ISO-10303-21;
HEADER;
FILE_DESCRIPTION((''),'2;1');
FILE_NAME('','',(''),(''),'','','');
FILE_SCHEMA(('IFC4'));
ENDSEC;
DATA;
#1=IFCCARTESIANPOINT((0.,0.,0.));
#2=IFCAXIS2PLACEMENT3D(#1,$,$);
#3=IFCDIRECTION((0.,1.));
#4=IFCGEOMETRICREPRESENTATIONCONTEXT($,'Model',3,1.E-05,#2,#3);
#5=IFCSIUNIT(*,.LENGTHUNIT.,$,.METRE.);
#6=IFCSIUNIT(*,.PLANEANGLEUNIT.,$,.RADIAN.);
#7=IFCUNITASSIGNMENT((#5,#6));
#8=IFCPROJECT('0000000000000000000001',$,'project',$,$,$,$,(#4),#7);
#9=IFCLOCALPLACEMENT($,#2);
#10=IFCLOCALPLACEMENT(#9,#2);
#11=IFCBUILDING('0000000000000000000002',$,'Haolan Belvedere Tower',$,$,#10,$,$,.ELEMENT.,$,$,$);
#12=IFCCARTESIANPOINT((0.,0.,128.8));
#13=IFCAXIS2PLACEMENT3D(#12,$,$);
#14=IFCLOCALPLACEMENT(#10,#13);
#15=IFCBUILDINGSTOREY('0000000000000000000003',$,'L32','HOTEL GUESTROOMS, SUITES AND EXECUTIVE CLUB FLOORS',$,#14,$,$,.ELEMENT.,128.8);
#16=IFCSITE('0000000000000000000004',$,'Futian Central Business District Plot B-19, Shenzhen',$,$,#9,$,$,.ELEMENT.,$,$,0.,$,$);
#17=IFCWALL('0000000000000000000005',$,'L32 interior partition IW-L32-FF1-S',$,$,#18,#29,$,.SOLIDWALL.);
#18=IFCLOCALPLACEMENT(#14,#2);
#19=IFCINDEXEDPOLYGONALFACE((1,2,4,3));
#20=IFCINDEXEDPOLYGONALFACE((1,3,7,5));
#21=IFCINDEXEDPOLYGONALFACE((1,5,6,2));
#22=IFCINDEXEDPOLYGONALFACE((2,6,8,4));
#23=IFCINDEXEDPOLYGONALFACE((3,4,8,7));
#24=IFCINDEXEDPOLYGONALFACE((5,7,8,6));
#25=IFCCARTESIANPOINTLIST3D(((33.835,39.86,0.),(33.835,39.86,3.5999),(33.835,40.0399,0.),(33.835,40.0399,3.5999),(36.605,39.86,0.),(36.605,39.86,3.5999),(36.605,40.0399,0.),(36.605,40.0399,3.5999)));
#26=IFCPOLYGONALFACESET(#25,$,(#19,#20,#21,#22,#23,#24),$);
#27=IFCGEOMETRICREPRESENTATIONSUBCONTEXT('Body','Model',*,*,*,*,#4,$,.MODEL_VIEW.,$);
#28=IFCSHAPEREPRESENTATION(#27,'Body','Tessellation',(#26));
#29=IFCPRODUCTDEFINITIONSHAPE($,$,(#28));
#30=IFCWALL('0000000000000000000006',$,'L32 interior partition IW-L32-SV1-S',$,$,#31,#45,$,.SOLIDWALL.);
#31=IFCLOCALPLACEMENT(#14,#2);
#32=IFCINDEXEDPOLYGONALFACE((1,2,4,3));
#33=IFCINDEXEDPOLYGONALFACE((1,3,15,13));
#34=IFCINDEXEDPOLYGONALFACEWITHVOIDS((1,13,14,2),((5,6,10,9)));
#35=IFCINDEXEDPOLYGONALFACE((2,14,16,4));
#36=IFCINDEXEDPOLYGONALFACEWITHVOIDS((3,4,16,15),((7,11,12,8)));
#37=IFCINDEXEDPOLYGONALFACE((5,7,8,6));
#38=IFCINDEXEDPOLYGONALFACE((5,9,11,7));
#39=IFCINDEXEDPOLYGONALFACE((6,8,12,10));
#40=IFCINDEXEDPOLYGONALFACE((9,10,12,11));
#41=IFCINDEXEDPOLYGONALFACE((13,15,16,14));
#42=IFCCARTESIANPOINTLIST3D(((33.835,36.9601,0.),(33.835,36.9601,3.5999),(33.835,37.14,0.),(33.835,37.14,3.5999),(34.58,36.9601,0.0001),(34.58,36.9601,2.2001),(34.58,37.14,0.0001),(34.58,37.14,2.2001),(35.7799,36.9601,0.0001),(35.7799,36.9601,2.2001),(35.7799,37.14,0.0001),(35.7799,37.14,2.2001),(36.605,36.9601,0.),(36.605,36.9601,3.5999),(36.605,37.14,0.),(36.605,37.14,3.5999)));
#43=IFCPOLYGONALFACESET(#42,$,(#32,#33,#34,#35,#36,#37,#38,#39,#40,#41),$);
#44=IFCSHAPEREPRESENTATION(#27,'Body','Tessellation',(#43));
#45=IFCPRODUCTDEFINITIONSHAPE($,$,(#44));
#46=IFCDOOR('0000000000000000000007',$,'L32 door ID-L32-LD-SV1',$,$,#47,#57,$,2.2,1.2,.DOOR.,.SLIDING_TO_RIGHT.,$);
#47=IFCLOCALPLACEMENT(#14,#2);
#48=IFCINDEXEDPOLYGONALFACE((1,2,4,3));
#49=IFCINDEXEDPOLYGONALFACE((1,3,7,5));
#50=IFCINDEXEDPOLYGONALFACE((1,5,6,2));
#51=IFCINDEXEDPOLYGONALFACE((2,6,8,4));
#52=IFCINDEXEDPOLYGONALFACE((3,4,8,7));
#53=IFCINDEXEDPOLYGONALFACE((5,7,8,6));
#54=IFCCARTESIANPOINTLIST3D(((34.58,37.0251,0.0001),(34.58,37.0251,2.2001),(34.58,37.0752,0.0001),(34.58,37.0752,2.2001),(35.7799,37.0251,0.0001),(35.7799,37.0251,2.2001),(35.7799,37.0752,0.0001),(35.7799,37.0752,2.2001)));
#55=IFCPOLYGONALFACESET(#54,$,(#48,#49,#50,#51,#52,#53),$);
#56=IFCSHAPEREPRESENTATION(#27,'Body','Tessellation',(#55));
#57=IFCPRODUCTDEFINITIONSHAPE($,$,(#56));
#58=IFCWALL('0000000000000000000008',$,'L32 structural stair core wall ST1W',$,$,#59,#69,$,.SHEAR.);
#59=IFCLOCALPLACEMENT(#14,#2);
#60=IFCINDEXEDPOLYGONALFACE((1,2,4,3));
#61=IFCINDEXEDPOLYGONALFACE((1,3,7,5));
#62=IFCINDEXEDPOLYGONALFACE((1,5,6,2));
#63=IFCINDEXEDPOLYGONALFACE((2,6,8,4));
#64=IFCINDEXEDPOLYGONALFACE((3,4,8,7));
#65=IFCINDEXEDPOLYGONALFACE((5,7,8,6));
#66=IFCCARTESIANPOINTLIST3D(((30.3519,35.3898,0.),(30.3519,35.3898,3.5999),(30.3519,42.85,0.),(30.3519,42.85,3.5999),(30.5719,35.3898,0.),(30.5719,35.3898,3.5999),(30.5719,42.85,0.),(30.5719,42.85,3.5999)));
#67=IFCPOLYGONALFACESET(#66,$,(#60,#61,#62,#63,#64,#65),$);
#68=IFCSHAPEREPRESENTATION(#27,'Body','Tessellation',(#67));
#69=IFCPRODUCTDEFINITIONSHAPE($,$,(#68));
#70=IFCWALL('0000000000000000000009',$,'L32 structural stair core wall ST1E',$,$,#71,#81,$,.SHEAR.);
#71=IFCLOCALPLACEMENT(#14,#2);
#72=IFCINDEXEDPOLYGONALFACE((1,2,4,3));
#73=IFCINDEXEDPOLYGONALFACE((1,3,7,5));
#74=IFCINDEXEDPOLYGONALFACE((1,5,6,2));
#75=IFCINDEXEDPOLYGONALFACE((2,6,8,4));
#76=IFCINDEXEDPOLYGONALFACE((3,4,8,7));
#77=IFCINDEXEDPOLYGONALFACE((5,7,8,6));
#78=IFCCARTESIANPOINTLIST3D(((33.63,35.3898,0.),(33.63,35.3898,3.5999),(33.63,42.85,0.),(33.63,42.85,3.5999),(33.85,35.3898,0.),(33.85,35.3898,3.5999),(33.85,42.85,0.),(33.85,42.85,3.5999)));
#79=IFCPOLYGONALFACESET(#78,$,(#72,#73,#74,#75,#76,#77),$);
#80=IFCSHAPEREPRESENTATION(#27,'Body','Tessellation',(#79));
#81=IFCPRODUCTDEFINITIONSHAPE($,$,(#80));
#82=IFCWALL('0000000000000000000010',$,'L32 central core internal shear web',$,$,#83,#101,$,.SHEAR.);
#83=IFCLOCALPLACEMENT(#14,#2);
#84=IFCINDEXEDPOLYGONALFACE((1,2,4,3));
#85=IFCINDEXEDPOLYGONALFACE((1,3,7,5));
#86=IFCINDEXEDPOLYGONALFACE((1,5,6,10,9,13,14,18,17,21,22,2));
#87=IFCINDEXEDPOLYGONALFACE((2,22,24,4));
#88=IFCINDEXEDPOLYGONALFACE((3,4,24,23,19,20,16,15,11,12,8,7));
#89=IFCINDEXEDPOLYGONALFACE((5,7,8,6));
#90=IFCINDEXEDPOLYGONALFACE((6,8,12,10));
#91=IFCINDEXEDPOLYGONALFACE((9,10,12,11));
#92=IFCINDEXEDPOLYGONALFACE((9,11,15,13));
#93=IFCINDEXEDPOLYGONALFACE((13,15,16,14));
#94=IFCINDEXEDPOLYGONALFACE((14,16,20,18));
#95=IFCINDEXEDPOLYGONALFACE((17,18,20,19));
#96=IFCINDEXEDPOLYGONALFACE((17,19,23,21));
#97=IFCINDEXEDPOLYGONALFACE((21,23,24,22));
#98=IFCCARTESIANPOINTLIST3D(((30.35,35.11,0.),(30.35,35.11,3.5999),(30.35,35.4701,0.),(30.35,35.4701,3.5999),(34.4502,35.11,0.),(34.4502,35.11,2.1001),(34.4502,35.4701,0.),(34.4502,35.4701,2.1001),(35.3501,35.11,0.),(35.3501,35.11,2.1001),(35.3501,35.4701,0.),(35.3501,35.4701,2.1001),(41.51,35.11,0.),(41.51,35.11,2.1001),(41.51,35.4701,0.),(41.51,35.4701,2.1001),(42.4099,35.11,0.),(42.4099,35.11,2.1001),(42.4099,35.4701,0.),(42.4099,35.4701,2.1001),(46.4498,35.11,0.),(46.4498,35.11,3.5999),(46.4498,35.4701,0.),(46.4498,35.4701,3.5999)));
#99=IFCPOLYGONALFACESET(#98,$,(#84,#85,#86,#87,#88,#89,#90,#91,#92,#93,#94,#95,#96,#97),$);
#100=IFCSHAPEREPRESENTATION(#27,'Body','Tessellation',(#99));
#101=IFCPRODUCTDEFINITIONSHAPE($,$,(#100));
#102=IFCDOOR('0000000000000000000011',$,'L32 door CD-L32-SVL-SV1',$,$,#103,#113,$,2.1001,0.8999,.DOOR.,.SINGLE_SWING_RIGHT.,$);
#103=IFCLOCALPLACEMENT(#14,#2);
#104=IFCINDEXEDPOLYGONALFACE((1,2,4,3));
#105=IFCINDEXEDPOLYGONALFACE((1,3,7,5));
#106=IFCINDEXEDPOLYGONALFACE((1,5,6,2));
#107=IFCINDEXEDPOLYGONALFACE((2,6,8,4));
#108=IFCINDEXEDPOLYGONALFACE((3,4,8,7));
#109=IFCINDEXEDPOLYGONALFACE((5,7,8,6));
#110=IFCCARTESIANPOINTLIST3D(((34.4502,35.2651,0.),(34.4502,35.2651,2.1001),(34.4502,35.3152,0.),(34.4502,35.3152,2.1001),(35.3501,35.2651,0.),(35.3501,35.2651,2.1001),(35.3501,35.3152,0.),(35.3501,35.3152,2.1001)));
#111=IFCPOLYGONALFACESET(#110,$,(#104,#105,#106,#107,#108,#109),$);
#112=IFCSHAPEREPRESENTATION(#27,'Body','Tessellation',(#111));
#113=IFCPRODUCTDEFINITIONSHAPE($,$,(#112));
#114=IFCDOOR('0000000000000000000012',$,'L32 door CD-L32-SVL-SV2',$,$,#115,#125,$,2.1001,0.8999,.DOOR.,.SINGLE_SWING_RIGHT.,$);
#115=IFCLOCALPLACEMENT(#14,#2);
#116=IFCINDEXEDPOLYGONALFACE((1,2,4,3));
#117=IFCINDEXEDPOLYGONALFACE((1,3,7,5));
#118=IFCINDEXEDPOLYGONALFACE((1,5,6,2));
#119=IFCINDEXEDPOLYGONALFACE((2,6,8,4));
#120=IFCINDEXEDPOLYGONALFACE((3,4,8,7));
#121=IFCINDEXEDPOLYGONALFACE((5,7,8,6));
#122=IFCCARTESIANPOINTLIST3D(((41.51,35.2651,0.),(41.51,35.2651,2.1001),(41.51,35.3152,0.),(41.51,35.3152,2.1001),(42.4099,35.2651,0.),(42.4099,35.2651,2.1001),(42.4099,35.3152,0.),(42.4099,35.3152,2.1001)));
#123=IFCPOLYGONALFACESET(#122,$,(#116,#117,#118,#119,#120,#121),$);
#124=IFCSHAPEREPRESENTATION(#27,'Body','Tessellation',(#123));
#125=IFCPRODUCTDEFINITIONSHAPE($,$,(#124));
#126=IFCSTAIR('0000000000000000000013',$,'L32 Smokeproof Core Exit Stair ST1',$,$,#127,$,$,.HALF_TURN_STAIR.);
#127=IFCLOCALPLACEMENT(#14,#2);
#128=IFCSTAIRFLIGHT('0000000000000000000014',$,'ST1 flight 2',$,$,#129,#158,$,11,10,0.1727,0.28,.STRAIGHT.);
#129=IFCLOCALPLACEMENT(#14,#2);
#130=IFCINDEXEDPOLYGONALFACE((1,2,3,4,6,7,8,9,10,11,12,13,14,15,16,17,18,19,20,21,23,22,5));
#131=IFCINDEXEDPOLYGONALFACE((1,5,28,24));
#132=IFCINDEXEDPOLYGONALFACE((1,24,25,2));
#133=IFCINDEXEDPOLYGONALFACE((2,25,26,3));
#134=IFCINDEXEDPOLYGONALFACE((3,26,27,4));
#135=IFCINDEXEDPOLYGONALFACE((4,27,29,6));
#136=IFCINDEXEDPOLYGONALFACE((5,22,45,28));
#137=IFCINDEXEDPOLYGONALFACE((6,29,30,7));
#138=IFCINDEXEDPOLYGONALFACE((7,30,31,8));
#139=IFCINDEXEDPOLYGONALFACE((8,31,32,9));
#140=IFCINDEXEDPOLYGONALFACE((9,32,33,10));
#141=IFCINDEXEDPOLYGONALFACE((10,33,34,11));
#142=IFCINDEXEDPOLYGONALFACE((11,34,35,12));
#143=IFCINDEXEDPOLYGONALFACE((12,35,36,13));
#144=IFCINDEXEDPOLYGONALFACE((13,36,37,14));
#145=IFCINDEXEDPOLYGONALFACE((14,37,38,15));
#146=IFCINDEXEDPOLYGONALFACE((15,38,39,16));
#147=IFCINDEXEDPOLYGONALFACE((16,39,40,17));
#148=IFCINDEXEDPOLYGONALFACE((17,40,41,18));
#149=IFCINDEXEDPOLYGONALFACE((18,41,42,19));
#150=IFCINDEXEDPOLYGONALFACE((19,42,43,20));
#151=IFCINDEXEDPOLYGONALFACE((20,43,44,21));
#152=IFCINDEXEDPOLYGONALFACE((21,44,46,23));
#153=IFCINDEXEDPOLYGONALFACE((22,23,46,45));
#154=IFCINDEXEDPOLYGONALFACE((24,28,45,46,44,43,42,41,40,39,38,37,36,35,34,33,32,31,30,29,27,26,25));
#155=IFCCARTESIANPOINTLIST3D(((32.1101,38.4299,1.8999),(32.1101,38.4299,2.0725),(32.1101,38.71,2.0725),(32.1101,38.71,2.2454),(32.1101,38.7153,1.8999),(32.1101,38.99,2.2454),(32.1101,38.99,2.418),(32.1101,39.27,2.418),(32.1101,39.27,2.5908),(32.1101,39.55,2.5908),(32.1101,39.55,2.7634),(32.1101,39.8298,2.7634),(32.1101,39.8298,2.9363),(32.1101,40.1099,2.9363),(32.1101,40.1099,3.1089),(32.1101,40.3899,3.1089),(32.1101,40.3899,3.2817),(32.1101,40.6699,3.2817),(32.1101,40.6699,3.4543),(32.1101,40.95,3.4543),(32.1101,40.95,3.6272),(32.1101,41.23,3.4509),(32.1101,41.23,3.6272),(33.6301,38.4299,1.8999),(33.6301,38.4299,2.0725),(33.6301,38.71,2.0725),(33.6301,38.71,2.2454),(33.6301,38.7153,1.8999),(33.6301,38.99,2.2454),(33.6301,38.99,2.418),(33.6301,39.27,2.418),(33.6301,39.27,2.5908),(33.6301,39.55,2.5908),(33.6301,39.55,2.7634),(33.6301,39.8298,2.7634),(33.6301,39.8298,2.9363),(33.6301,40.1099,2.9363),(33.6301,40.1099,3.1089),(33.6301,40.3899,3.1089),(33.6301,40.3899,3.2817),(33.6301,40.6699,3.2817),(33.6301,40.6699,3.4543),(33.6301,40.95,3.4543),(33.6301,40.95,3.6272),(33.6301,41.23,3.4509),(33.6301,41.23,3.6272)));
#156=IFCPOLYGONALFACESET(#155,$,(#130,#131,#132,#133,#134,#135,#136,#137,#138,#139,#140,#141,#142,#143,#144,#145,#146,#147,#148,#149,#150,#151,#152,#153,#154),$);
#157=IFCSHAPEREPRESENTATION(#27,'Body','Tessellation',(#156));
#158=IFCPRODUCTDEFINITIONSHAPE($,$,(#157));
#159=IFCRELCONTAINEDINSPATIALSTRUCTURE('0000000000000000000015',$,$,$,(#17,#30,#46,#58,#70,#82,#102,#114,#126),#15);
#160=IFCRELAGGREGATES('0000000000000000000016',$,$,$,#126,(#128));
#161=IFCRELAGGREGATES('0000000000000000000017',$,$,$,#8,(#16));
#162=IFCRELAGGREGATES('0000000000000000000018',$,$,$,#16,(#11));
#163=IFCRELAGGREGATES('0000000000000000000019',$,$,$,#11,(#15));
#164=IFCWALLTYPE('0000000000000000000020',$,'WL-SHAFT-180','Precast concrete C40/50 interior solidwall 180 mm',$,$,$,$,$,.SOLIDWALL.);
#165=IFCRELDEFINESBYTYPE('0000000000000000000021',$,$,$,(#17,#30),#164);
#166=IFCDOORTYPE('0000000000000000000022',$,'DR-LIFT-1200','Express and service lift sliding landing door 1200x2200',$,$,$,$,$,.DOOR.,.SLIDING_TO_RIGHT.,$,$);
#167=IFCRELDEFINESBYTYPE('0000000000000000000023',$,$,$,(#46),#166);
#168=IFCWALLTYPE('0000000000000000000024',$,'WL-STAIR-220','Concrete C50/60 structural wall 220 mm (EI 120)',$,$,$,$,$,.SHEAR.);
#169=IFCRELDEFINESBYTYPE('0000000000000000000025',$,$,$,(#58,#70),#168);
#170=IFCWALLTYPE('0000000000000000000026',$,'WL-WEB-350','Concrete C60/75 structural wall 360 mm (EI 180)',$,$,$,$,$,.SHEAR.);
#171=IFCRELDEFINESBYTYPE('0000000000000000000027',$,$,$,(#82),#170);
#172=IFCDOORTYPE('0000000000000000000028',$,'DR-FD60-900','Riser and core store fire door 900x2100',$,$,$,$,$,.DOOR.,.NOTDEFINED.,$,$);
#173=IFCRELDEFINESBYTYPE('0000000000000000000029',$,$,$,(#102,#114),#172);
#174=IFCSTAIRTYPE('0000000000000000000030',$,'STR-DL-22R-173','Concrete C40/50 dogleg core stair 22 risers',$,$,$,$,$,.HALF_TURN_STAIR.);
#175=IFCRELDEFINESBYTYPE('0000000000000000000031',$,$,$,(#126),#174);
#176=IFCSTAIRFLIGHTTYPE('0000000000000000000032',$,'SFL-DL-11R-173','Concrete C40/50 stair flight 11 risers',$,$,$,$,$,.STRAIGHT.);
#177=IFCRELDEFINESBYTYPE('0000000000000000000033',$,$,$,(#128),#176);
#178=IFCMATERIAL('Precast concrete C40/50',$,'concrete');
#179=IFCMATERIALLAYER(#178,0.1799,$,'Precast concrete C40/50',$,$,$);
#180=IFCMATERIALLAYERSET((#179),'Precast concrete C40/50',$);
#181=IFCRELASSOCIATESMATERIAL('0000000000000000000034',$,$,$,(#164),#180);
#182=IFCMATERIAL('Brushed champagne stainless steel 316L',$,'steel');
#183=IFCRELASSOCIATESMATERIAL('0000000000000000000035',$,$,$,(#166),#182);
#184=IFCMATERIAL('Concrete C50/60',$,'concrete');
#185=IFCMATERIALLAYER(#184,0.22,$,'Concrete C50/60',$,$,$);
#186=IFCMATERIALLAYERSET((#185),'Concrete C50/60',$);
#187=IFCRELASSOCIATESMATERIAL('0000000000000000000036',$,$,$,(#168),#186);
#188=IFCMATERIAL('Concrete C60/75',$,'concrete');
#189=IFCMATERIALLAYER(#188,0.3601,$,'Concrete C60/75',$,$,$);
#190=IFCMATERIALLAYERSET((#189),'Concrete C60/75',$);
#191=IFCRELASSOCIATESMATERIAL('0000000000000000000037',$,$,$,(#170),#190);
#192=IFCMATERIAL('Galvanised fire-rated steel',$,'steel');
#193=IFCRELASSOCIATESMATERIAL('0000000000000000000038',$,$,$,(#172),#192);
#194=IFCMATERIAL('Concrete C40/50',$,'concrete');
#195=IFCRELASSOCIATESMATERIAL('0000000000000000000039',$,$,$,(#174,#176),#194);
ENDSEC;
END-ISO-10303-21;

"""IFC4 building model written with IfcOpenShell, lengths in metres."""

from ifc_helpers import new_model, si_unit, direction, frame, frame_2d, origin, place, context, subcontext, project, spatial, polyline, rectangle, outline, extrude, material, layer, layer_set, type_object, element, fill, aggregate, save


model = new_model("IFC4")

# Units and contexts
model_context = context("Model", 3, precision=1e-05, world=origin(), true_north=direction((0.0, 1.0)))
body_context = subcontext(model_context, "Body", "Model", "MODEL_VIEW")
ifc_project = project(units=[si_unit("LENGTHUNIT", "METRE"), si_unit("PLANEANGLEUNIT", "RADIAN")], contexts=[model_context])

# Site, building, storey
site_placement = place(None, origin())
site = spatial("IfcSite", under=ifc_project, at=site_placement, Name="Futian Central Business District Plot B-19, Shenzhen", CompositionType="ELEMENT", RefElevation=0.0)
building_placement = place(site_placement, origin())
building = spatial("IfcBuilding", under=site, at=building_placement, Name="Haolan Belvedere Tower", CompositionType="ELEMENT")
storey_placement = place(building_placement, frame((0.0, 0.0, 128.8)))
storey = spatial("IfcBuildingStorey", under=building, at=storey_placement, Name="L32", Description="HOTEL GUESTROOMS, SUITES AND EXECUTIVE CLUB FLOORS", CompositionType="ELEMENT", Elevation=128.8)

# Shared definitions
ifc_material_1 = material(Name="Concrete C60/75", Category="concrete")

# Shared definitions
ifc_material_2 = material(Name="Brushed champagne stainless steel 316L", Category="steel")

# Wall
ifc_material_3 = material(Name="Precast concrete C40/50", Category="concrete")
ifc_layer_1 = layer(ifc_material_3, 0.1799, Name="Precast concrete C40/50")
ifc_layer_set_1 = layer_set([ifc_layer_1], Name="Precast concrete C40/50")
wall_type_1 = type_object("IfcWallType", Name="WL-SHAFT-180", Description="Precast concrete C40/50 interior solidwall 180 mm", PredefinedType="SOLIDWALL", material=ifc_layer_set_1)
wall_1_placement = place(storey_placement, frame((33.835, 39.95, 0.0), z_axis=(0.0, 0.0, 1.0), x_axis=(1.0, 0.0, 0.0)))
element("IfcWall", 1, at=wall_1_placement, inside=storey, type_object=wall_type_1, Name="L32 interior partition IW-L32-FF1-S", PredefinedType="SOLIDWALL", context=body_context, shape_type="SweptSolid", body=[
    extrude(rectangle(XDim=2.77, YDim=0.1799, at=frame_2d((1.385, 0.0))), origin(), (0.0, 0.0, 1.0), 3.5999),
])

# Wall, opening, door
wall_2_placement = place(storey_placement, frame((33.835, 37.05, 0.0), z_axis=(0.0, 0.0, 1.0), x_axis=(1.0, 0.0, 0.0)))
wall_2 = element("IfcWall", 2, at=wall_2_placement, inside=storey, type_object=wall_type_1, Name="L32 interior partition IW-L32-SV1-S", PredefinedType="SOLIDWALL", context=body_context, shape_type="SweptSolid", body=[
    extrude(rectangle(XDim=2.77, YDim=0.1799, at=frame_2d((1.385, 0.0))), origin(), (0.0, 0.0, 1.0), 3.5999),
])
opening_1_placement = place(wall_2_placement, frame((1.9451, 0.0, 0.0), z_axis=(0.0, 0.0, 1.0), x_axis=(-1.0, 0.0, 0.0)))
opening_1 = element("IfcOpeningElement", 3, at=opening_1_placement, cuts=wall_2, PredefinedType="OPENING", context=body_context, shape_type="SweptSolid", body=[
    extrude(rectangle(XDim=1.2, YDim=2.2, at=frame_2d((0.6001, 1.1001))), frame((0.0, 0.0999, 0.0), z_axis=(0.0, -1.0, 0.0), x_axis=(1.0, 0.0, 0.0)), (0.0, 0.0, 1.0), 0.2),
])
door_type_1 = type_object("IfcDoorType", Name="DR-LIFT-1200", Description="Express and service lift sliding landing door 1200x2200", OperationType="SLIDING_TO_RIGHT", PredefinedType="DOOR", material=ifc_material_2)
door_1_placement = place(opening_1_placement, origin())
door_1 = element("IfcDoor", 4, at=door_1_placement, inside=storey, type_object=door_type_1, Name="L32 door ID-L32-LD-SV1", OperationType="SLIDING_TO_RIGHT", OverallHeight=2.2, OverallWidth=1.2, PredefinedType="DOOR", context=body_context, shape_type="SweptSolid", body=[
    extrude(rectangle(XDim=1.2, YDim=2.2, at=frame_2d((0.6001, 1.1001))), frame((0.0, 0.0249, 0.0), z_axis=(0.0, -1.0, 0.0), x_axis=(1.0, 0.0, 0.0)), (0.0, 0.0, 1.0), 0.05),
])
fill(opening_1, door_1)

# Walls
ifc_material_4 = material(Name="Concrete C50/60", Category="concrete")
ifc_layer_2 = layer(ifc_material_4, 0.22, Name="Concrete C50/60")
ifc_layer_set_2 = layer_set([ifc_layer_2], Name="Concrete C50/60")
wall_type_2 = type_object("IfcWallType", Name="WL-STAIR-220", Description="Concrete C50/60 structural wall 220 mm (EI 120)", PredefinedType="SHEAR", material=ifc_layer_set_2)
for number, where, z_axis, x_axis, name in (
    (5, (30.4619, 35.3899, 0.0), (0.0, 0.0, 1.0), (0.0, 1.0, 0.0), "L32 structural stair core wall ST1W"),
    (6, (33.74, 35.3899, 0.0), (0.0, 0.0, 1.0), (0.0, 1.0, 0.0), "L32 structural stair core wall ST1E"),
):
    element("IfcWall", number, at=place(storey_placement, frame(where, z_axis=z_axis, x_axis=x_axis)), inside=storey, type_object=wall_type_2, Name=name, PredefinedType="SHEAR", context=body_context, shape_type="SweptSolid", body=[
        extrude(rectangle(XDim=7.4602, YDim=0.22, at=frame_2d((3.73, 0.0))), origin(), (0.0, 0.0, 1.0), 3.5999),
    ])

# Wall, openings, doors
ifc_layer_3 = layer(ifc_material_1, 0.3601, Name="Concrete C60/75")
ifc_layer_set_3 = layer_set([ifc_layer_3], Name="Concrete C60/75")
wall_type_3 = type_object("IfcWallType", Name="WL-WEB-350", Description="Concrete C60/75 structural wall 360 mm (EI 180)", PredefinedType="SHEAR", material=ifc_layer_set_3)
wall_3_placement = place(storey_placement, frame((30.3501, 35.29, 0.0), z_axis=(0.0, 0.0, 1.0), x_axis=(1.0, 0.0, 0.0)))
wall_3 = element("IfcWall", 7, at=wall_3_placement, inside=storey, type_object=wall_type_3, Name="L32 central core internal shear web", PredefinedType="SHEAR", context=body_context, shape_type="SweptSolid", body=[
    extrude(rectangle(XDim=16.0999, YDim=0.3601, at=frame_2d((8.0498, 0.0))), origin(), (0.0, 0.0, 1.0), 3.5999),
])
opening_2_placement = place(wall_3_placement, frame((5.0, 0.0, 0.0), z_axis=(0.0, 0.0, 1.0), x_axis=(-1.0, 0.0, 0.0)))
opening_2 = element("IfcOpeningElement", 8, at=opening_2_placement, cuts=wall_3, PredefinedType="OPENING", context=body_context, shape_type="SweptSolid", body=[
    extrude(rectangle(XDim=0.8999, YDim=2.1001, at=frame_2d((0.45, 1.05))), frame((0.0, 0.1899, 0.0), z_axis=(0.0, -1.0, 0.0), x_axis=(1.0, 0.0, 0.0)), (0.0, 0.0, 1.0), 0.3801),
])
opening_3_placement = place(wall_3_placement, frame((12.0598, 0.0, 0.0), z_axis=(0.0, 0.0, 1.0), x_axis=(-1.0, 0.0, 0.0)))
opening_3 = element("IfcOpeningElement", 9, at=opening_3_placement, cuts=wall_3, PredefinedType="OPENING", context=body_context, shape_type="SweptSolid", body=[
    extrude(rectangle(XDim=0.8999, YDim=2.1001, at=frame_2d((0.45, 1.05))), frame((0.0, 0.1899, 0.0), z_axis=(0.0, -1.0, 0.0), x_axis=(1.0, 0.0, 0.0)), (0.0, 0.0, 1.0), 0.3801),
])
ifc_material_5 = material(Name="Galvanised fire-rated steel", Category="steel")
door_type_2 = type_object("IfcDoorType", Name="DR-FD60-900", Description="Riser and core store fire door 900x2100", OperationType="NOTDEFINED", PredefinedType="DOOR", material=ifc_material_5)
door_2_placement = place(opening_2_placement, origin())
door_2 = element("IfcDoor", 10, at=door_2_placement, inside=storey, type_object=door_type_2, Name="L32 door CD-L32-SVL-SV1", OperationType="SINGLE_SWING_RIGHT", OverallHeight=2.1001, OverallWidth=0.8999, PredefinedType="DOOR", context=body_context, shape_type="SweptSolid", body=[
    extrude(rectangle(XDim=0.8999, YDim=2.1001, at=frame_2d((0.45, 1.05))), frame((0.0, 0.0249, 0.0), z_axis=(0.0, -1.0, 0.0), x_axis=(1.0, 0.0, 0.0)), (0.0, 0.0, 1.0), 0.05),
])
fill(opening_2, door_2)
door_3_placement = place(opening_3_placement, origin())
door_3 = element("IfcDoor", 11, at=door_3_placement, inside=storey, type_object=door_type_2, Name="L32 door CD-L32-SVL-SV2", OperationType="SINGLE_SWING_RIGHT", OverallHeight=2.1001, OverallWidth=0.8999, PredefinedType="DOOR", context=body_context, shape_type="SweptSolid", body=[
    extrude(rectangle(XDim=0.8999, YDim=2.1001, at=frame_2d((0.45, 1.05))), frame((0.0, 0.0249, 0.0), z_axis=(0.0, -1.0, 0.0), x_axis=(1.0, 0.0, 0.0)), (0.0, 0.0, 1.0), 0.05),
])
fill(opening_3, door_3)

# Stair, stair flight
ifc_material_6 = material(Name="Concrete C40/50", Category="concrete")
stair_type = type_object("IfcStairType", Name="STR-DL-22R-173", Description="Concrete C40/50 dogleg core stair 22 risers", PredefinedType="HALF_TURN_STAIR", material=ifc_material_6)
stair_placement = place(storey_placement, origin())
stair = element("IfcStair", 12, at=stair_placement, inside=storey, type_object=stair_type, Name="L32 Smokeproof Core Exit Stair ST1", PredefinedType="HALF_TURN_STAIR")
stair_flight_type = type_object("IfcStairFlightType", Name="SFL-DL-11R-173", Description="Concrete C40/50 stair flight 11 risers", PredefinedType="STRAIGHT", material=ifc_material_6)
stair_flight_placement = place(storey_placement, frame((32.8701, 38.4299, 1.8999), z_axis=(0.0, 0.0, 1.0), x_axis=(0.0, 1.0, 0.0)))
stair_flight = element("IfcStairFlight", 13, at=stair_flight_placement, type_object=stair_flight_type, Name="ST1 flight 2", NumberOfRisers=11, NumberOfTreads=10, PredefinedType="STRAIGHT", RiserHeight=0.1727, TreadLength=0.28, context=body_context, shape_type="SweptSolid", body=[
    extrude(outline(polyline([(0.0, 0.0), (0.0, 0.1726), (0.28, 0.1726), (0.28, 0.3455), (0.5601, 0.3455), (0.5601, 0.5181), (0.8401, 0.5181), (0.8401, 0.6909), (1.1201, 0.6909), (1.1201, 0.8635), (1.3999, 0.8635), (1.3999, 1.0364), (1.6799, 1.0364), (1.6799, 1.209), (1.96, 1.209), (1.96, 1.3818), (2.24, 1.3818), (2.24, 1.5544), (2.52, 1.5544), (2.52, 1.7273), (2.8, 1.7273), (2.8, 1.8999), (2.8, 1.551), (0.2854, 0.0), (0.0, 0.0)])), frame((0.0, 0.76, 0.0), z_axis=(0.0, -1.0, 0.0), x_axis=(1.0, 0.0, 0.0)), (0.0, 0.0, 1.0), 1.52),
])
aggregate(stair, [stair_flight])

save(model, "model.ifc")
